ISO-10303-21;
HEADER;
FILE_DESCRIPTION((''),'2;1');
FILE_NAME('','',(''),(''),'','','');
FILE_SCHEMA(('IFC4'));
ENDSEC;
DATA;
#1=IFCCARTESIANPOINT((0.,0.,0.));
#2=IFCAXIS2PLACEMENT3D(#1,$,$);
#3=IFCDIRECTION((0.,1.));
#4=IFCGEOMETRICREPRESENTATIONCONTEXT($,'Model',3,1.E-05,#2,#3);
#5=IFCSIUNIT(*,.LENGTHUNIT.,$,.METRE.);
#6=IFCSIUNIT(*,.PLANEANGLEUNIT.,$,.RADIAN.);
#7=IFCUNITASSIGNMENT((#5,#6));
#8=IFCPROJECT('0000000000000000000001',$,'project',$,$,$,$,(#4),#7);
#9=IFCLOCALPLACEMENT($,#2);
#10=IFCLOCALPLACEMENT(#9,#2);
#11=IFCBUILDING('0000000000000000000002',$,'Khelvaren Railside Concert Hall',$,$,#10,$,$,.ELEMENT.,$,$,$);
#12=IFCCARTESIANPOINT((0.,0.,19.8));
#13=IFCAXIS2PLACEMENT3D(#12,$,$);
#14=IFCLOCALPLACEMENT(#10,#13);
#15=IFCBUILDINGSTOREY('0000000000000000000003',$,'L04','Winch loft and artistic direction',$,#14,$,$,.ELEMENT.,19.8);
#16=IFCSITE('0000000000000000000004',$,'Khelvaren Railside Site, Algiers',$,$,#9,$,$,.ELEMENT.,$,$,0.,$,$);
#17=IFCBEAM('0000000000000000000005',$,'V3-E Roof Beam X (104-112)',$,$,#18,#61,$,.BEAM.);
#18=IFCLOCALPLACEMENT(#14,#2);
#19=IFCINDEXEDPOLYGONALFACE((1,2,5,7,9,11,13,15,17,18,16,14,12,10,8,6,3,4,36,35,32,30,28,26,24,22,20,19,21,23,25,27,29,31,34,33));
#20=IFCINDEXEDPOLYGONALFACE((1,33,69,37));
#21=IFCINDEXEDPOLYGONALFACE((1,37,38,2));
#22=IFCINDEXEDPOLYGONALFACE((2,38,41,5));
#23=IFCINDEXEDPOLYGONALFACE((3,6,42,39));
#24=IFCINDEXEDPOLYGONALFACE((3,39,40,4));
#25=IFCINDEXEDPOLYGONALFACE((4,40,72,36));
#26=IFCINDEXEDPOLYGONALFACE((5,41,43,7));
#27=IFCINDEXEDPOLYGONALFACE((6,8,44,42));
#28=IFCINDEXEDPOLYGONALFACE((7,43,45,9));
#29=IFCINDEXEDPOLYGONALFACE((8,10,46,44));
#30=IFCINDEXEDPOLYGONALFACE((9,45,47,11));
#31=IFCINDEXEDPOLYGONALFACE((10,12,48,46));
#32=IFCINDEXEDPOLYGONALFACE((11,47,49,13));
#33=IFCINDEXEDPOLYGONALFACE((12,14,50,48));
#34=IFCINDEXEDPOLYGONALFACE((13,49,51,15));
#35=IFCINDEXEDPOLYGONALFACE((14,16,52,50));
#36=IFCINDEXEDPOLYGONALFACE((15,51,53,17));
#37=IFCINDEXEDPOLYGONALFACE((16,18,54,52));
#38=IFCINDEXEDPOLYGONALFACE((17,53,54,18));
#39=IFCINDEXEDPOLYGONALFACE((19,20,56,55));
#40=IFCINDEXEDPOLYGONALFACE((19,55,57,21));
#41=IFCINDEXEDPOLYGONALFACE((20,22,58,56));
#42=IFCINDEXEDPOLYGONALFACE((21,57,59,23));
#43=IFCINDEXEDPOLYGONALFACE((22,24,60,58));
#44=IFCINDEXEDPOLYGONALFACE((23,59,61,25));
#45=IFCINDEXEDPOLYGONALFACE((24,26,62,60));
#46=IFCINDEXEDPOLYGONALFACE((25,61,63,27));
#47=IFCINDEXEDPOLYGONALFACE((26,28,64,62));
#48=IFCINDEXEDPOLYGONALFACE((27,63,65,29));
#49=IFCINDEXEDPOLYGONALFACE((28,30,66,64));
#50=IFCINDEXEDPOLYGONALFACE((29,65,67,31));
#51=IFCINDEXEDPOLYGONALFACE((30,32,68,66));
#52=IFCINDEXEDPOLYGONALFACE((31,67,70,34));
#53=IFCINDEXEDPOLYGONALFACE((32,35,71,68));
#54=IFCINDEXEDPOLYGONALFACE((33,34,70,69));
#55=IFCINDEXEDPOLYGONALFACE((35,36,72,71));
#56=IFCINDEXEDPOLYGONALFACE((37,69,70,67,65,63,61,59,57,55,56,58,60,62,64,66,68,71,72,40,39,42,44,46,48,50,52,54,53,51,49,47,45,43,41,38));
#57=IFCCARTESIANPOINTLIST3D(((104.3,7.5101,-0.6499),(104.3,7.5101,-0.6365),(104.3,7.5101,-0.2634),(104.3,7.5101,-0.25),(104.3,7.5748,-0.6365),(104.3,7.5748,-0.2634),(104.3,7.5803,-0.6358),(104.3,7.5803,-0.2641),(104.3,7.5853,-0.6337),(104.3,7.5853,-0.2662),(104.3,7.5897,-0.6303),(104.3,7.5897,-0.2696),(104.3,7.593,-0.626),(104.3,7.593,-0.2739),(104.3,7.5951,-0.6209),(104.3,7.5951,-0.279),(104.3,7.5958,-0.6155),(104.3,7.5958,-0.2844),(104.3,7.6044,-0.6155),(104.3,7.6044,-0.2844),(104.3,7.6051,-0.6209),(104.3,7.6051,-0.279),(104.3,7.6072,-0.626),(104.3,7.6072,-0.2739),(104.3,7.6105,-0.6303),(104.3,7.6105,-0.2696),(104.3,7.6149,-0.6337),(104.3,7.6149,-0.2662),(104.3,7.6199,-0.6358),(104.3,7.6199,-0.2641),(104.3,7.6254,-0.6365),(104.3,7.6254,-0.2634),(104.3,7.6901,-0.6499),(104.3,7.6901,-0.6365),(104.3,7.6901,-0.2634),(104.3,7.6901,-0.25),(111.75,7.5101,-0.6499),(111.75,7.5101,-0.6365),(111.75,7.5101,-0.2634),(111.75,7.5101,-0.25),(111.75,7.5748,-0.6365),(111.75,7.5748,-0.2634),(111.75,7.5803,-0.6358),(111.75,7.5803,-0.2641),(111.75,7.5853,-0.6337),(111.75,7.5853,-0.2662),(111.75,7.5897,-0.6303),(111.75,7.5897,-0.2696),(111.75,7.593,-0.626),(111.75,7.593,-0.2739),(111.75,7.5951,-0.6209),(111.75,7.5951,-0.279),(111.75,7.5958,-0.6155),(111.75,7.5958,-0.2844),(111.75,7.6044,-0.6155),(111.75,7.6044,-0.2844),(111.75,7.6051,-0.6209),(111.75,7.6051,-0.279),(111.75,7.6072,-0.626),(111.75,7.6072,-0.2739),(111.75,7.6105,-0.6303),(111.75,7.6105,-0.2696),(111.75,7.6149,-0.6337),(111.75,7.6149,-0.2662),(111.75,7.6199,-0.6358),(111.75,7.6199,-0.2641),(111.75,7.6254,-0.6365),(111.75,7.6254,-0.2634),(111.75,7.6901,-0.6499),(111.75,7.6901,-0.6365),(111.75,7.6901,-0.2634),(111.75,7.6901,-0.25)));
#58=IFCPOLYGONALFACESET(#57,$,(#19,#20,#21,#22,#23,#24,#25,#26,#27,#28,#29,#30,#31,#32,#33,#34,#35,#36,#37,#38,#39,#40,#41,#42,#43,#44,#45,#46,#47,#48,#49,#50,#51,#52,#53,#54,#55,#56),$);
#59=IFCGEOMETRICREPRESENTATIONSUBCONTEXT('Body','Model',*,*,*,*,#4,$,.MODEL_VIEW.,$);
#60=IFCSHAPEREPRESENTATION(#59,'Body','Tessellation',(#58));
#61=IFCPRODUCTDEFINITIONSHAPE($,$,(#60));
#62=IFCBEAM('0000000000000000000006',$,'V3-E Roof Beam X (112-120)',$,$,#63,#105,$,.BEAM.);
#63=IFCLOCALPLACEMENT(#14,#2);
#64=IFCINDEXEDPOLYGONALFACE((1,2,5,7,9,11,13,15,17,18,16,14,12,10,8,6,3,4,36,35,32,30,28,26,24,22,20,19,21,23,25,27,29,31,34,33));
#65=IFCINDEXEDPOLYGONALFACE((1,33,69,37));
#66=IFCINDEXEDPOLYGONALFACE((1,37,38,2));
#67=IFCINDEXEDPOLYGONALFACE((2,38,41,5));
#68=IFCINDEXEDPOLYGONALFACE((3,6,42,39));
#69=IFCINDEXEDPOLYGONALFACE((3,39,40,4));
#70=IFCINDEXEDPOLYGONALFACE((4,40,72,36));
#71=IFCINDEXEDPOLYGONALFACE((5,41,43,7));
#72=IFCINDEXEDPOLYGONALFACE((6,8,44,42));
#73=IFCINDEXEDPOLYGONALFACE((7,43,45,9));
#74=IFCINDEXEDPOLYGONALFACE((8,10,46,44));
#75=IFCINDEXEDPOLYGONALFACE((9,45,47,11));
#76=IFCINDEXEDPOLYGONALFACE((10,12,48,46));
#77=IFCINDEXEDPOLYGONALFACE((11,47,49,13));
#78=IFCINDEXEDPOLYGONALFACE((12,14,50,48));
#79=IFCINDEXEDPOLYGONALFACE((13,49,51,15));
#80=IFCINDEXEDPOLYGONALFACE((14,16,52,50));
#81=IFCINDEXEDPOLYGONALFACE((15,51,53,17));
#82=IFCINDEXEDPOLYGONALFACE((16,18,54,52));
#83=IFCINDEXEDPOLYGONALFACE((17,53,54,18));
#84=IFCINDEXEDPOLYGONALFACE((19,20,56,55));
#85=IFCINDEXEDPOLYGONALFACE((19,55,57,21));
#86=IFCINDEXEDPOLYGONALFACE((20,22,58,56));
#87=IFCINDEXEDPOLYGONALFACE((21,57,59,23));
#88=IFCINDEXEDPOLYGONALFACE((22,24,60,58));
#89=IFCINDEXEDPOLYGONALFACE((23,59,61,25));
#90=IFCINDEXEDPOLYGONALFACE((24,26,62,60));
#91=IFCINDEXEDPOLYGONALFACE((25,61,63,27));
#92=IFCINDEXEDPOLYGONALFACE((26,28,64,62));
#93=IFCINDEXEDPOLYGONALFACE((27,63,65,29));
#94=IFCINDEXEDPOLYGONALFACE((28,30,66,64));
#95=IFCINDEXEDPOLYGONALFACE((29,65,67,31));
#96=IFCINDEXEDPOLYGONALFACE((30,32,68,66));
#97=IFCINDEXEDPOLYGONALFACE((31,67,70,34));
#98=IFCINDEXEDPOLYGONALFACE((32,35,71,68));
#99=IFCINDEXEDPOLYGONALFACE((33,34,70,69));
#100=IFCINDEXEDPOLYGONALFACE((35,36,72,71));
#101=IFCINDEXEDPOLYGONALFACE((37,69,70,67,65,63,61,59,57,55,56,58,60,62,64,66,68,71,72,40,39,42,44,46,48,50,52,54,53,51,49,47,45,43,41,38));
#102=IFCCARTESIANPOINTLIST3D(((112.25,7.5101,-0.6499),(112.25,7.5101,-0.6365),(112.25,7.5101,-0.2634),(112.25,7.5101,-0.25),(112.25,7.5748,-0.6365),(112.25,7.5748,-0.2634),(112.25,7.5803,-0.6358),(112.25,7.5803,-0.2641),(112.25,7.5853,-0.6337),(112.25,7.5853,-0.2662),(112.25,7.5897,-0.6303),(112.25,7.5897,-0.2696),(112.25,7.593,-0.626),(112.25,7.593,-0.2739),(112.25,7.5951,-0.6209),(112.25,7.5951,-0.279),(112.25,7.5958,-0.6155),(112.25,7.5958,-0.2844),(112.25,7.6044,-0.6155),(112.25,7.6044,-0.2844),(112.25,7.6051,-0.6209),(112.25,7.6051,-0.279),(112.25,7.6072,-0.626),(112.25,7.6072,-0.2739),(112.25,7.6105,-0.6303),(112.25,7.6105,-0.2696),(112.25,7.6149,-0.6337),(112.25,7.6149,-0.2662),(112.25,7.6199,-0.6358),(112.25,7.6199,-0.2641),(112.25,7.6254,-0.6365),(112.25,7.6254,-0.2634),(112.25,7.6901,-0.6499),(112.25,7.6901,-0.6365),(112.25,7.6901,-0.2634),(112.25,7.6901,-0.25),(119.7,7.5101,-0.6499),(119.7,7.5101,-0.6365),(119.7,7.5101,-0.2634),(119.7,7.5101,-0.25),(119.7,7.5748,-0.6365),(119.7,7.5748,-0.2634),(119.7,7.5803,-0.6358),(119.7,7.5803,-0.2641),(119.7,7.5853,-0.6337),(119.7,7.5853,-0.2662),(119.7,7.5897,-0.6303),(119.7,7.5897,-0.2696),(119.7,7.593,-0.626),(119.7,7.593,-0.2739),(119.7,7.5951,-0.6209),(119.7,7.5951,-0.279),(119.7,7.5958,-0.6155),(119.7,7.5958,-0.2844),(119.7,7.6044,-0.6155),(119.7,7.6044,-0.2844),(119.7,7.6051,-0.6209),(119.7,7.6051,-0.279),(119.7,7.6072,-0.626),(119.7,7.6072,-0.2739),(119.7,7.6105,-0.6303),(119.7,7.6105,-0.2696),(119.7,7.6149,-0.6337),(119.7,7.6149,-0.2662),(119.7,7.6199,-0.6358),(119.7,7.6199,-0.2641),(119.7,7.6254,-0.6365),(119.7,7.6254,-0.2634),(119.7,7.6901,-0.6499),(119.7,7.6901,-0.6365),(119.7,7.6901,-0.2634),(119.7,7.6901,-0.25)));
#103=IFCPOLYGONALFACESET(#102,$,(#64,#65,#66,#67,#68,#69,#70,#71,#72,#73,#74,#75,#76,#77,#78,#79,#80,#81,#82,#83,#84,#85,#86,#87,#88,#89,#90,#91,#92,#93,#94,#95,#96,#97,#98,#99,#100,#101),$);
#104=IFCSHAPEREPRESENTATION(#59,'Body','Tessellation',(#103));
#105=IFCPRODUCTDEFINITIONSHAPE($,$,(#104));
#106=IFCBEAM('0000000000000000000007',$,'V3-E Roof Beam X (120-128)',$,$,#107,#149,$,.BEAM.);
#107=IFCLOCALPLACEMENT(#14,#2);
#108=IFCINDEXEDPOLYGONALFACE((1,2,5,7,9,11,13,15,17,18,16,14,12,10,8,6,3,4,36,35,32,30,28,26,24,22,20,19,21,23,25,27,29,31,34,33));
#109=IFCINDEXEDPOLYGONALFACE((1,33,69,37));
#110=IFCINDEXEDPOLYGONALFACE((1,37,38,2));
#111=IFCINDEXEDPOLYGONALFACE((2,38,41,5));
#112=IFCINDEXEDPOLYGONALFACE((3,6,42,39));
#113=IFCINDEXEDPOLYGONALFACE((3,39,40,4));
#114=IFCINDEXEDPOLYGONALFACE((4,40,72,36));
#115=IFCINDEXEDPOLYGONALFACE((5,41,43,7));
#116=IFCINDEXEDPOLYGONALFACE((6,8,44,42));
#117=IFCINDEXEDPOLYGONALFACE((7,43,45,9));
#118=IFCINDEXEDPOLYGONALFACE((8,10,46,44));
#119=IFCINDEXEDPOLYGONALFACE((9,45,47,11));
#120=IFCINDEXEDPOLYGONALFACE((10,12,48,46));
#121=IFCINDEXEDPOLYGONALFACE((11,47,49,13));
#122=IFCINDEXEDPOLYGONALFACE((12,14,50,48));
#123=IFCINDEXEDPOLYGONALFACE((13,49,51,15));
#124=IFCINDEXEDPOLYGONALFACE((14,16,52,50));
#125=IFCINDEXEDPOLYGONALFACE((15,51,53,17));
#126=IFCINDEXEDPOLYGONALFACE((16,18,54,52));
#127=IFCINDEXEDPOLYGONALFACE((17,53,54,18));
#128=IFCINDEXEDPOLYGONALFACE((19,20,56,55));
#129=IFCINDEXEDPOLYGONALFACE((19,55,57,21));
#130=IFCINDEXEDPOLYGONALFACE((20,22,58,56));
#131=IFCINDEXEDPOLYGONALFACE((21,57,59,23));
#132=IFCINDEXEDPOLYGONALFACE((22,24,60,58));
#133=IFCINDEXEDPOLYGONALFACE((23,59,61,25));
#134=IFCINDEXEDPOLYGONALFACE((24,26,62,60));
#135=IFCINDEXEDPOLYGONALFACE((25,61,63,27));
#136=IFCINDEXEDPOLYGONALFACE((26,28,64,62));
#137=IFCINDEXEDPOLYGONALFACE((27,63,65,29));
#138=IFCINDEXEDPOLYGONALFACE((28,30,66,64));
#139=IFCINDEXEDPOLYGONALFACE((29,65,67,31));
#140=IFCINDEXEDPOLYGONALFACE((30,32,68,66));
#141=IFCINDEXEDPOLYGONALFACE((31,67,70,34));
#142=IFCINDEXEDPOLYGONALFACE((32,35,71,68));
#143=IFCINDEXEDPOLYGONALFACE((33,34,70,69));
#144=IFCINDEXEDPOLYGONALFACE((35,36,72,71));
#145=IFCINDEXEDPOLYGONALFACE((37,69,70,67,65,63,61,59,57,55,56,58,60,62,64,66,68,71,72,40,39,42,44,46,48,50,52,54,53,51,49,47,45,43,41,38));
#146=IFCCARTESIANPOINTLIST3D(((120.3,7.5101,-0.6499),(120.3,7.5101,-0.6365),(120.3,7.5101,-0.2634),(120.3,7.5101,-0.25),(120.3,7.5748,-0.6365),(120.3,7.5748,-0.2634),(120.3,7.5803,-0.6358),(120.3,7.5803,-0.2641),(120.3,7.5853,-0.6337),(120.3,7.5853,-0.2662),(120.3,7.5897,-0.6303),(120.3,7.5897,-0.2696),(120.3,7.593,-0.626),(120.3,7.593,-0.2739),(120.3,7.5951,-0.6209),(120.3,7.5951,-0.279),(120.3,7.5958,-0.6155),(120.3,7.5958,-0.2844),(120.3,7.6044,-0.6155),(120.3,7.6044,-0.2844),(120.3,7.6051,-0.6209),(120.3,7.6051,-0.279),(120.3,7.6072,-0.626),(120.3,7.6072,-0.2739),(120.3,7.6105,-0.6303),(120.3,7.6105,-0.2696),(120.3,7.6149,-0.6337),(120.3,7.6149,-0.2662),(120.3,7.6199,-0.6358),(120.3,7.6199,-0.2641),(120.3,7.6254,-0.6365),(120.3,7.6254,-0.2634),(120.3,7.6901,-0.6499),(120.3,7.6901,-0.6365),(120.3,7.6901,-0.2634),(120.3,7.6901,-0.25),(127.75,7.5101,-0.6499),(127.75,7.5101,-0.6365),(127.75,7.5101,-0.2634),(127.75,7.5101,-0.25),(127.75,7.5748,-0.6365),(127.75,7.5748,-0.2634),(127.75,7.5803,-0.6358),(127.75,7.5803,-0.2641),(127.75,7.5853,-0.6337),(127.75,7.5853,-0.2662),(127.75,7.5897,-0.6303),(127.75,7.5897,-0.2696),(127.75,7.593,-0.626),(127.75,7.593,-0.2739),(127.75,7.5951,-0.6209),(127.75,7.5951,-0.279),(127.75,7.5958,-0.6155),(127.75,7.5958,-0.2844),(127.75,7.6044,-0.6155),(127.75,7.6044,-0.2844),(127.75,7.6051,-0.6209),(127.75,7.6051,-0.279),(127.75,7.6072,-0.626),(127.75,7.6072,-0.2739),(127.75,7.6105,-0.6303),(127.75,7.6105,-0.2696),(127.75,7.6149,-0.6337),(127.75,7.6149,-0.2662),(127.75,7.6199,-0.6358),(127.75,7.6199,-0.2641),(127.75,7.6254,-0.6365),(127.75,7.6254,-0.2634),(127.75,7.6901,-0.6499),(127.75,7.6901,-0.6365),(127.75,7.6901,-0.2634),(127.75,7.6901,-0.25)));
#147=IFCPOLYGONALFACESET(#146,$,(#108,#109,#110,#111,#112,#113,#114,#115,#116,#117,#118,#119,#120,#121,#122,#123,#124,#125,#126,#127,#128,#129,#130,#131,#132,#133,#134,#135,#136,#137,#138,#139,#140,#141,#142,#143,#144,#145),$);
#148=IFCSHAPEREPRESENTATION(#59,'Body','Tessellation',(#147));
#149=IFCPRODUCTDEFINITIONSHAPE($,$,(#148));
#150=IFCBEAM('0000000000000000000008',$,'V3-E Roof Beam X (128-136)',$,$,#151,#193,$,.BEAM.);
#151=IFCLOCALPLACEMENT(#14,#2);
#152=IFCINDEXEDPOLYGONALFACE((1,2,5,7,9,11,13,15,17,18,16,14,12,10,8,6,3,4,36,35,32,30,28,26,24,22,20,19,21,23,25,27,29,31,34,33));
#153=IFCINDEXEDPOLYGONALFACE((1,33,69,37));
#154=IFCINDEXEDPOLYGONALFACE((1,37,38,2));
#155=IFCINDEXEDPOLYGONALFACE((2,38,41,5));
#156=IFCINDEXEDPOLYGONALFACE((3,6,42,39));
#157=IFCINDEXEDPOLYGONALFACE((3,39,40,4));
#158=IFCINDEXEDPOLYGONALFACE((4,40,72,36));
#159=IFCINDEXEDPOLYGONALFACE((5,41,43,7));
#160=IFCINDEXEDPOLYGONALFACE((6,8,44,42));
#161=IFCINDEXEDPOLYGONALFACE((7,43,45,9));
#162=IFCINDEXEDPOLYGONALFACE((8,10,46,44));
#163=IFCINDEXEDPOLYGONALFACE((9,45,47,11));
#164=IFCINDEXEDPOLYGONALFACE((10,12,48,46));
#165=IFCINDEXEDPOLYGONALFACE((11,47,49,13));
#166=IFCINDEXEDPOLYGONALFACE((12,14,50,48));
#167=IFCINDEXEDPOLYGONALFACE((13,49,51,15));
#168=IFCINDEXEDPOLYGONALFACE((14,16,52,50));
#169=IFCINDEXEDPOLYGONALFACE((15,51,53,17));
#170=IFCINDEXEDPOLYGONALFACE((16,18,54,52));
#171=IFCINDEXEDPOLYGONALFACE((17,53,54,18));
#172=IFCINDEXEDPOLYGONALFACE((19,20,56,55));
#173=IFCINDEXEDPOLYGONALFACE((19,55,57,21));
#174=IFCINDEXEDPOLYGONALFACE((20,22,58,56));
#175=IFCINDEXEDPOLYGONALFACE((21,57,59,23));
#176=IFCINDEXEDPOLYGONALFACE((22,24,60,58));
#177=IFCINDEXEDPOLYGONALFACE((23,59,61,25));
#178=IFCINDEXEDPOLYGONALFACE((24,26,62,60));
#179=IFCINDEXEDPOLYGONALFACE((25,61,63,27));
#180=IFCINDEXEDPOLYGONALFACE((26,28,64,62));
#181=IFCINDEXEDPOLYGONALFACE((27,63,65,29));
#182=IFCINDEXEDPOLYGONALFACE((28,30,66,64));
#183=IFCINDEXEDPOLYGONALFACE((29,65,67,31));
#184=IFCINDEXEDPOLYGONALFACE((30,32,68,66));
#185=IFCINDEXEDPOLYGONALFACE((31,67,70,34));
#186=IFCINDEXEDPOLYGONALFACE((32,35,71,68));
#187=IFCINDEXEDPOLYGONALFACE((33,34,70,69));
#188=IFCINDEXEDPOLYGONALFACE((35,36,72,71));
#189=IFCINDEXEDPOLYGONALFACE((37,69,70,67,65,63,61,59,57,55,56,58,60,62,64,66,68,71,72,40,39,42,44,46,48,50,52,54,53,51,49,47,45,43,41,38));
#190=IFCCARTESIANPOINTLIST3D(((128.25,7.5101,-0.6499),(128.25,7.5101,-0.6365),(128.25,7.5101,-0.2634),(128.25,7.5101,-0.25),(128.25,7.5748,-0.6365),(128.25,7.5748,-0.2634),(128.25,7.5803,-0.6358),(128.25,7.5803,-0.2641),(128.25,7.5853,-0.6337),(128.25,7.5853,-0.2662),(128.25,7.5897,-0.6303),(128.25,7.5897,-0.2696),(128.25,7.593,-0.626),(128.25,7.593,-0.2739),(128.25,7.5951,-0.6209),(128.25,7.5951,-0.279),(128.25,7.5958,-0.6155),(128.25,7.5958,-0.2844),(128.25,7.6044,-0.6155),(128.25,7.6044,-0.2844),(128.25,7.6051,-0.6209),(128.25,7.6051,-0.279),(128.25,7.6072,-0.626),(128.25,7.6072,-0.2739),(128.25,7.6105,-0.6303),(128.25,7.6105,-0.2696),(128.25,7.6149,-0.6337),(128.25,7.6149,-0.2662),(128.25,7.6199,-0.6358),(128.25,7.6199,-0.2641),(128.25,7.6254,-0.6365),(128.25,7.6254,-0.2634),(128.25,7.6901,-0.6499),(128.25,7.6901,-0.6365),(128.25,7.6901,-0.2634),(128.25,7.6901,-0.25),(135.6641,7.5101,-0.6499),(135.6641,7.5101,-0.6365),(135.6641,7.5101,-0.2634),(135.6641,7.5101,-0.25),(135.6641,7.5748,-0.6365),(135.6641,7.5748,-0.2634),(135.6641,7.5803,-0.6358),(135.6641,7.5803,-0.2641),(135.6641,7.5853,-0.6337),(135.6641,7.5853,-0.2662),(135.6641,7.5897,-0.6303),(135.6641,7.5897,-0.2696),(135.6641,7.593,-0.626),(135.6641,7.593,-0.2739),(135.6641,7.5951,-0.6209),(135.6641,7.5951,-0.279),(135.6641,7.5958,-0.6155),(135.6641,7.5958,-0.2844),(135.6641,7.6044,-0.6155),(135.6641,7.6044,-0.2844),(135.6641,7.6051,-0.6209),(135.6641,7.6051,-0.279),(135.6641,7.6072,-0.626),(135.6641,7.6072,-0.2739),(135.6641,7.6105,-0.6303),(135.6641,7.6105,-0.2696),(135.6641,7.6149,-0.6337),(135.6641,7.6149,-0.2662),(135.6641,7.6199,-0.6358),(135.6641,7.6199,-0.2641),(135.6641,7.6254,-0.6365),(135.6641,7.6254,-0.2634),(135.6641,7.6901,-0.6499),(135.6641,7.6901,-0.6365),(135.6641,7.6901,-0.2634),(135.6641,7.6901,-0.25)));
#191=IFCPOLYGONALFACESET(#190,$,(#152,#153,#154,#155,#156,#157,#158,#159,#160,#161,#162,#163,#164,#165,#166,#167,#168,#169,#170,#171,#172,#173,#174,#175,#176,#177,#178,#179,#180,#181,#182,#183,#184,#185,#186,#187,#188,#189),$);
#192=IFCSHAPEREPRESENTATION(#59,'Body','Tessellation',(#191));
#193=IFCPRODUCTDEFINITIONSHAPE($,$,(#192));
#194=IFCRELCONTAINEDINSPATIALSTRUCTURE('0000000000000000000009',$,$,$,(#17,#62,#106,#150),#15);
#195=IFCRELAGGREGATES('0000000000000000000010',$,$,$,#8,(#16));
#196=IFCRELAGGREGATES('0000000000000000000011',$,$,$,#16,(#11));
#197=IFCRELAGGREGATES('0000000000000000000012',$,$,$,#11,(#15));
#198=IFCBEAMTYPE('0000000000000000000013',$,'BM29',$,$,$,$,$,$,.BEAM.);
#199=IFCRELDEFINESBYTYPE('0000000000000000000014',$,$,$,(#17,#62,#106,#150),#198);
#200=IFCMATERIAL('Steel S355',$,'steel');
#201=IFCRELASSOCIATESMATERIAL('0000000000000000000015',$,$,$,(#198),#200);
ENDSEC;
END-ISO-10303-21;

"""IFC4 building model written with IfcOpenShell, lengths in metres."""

from ifc_helpers import new_model, si_unit, direction, frame, origin, origin_2d, place, context, subcontext, project, spatial, i_section, extrude, material, material_profile, profile_set, type_object, element, save


model = new_model("IFC4")

# Units and contexts
model_context = context("Model", 3, precision=1e-05, world=origin(), true_north=direction((0.0, 1.0)))
body_context = subcontext(model_context, "Body", "Model", "MODEL_VIEW")
ifc_project = project(units=[si_unit("LENGTHUNIT", "METRE"), si_unit("PLANEANGLEUNIT", "RADIAN")], contexts=[model_context])

# Site, building, storey
site_placement = place(None, origin())
site = spatial("IfcSite", under=ifc_project, at=site_placement, Name="Khelvaren Railside Site, Algiers", CompositionType="ELEMENT", RefElevation=0.0)
building_placement = place(site_placement, origin())
building = spatial("IfcBuilding", under=site, at=building_placement, Name="Khelvaren Railside Concert Hall", CompositionType="ELEMENT")
storey_placement = place(building_placement, frame((0.0, 0.0, 19.8)))
storey = spatial("IfcBuildingStorey", under=building, at=storey_placement, Name="L04", Description="Winch loft and artistic direction", CompositionType="ELEMENT", Elevation=19.8)

# Beams
ifc_material_1 = material(Name="Steel S355", Category="steel")
ifc_material_profile = material_profile(ifc_material_1, i_section(OverallWidth=0.1799, OverallDepth=0.3999, WebThickness=0.0085, FlangeThickness=0.0134, FilletRadius=0.021, at=origin_2d()), Name="IPE 400")
ifc_profile_set = profile_set([ifc_material_profile], Name="Steel S355")
beam_type = type_object("IfcBeamType", Name="BM29", PredefinedType="BEAM", material=ifc_profile_set)
for number, where, z_axis, x_axis, name in (
    (1, (104.3, 7.6001, -0.45), (1.0, 0.0, 0.0), (0.0, 1.0, 0.0), "V3-E Roof Beam X (104-112)"),
    (2, (112.25, 7.6001, -0.45), (1.0, 0.0, 0.0), (0.0, 1.0, 0.0), "V3-E Roof Beam X (112-120)"),
    (3, (120.3, 7.6001, -0.45), (1.0, 0.0, 0.0), (0.0, 1.0, 0.0), "V3-E Roof Beam X (120-128)"),
):
    element("IfcBeam", number, at=place(storey_placement, frame(where, z_axis=z_axis, x_axis=x_axis)), inside=storey, type_object=beam_type, Name=name, PredefinedType="BEAM", context=body_context, shape_type="SweptSolid", body=[
        extrude(i_section(OverallWidth=0.1799, OverallDepth=0.3999, WebThickness=0.0085, FlangeThickness=0.0134, FilletRadius=0.021, at=origin_2d()), origin(), (0.0, 0.0, 1.0), 7.45),
    ])
beam_1_placement = place(storey_placement, frame((128.25, 7.6001, -0.45), z_axis=(1.0, 0.0, 0.0), x_axis=(0.0, 1.0, 0.0)))
element("IfcBeam", 4, at=beam_1_placement, inside=storey, type_object=beam_type, Name="V3-E Roof Beam X (128-136)", PredefinedType="BEAM", context=body_context, shape_type="SweptSolid", body=[
    extrude(i_section(OverallWidth=0.1799, OverallDepth=0.3999, WebThickness=0.0085, FlangeThickness=0.0134, FilletRadius=0.021, at=origin_2d()), origin(), (0.0, 0.0, 1.0), 7.4141),
])

save(model, "model.ifc")
